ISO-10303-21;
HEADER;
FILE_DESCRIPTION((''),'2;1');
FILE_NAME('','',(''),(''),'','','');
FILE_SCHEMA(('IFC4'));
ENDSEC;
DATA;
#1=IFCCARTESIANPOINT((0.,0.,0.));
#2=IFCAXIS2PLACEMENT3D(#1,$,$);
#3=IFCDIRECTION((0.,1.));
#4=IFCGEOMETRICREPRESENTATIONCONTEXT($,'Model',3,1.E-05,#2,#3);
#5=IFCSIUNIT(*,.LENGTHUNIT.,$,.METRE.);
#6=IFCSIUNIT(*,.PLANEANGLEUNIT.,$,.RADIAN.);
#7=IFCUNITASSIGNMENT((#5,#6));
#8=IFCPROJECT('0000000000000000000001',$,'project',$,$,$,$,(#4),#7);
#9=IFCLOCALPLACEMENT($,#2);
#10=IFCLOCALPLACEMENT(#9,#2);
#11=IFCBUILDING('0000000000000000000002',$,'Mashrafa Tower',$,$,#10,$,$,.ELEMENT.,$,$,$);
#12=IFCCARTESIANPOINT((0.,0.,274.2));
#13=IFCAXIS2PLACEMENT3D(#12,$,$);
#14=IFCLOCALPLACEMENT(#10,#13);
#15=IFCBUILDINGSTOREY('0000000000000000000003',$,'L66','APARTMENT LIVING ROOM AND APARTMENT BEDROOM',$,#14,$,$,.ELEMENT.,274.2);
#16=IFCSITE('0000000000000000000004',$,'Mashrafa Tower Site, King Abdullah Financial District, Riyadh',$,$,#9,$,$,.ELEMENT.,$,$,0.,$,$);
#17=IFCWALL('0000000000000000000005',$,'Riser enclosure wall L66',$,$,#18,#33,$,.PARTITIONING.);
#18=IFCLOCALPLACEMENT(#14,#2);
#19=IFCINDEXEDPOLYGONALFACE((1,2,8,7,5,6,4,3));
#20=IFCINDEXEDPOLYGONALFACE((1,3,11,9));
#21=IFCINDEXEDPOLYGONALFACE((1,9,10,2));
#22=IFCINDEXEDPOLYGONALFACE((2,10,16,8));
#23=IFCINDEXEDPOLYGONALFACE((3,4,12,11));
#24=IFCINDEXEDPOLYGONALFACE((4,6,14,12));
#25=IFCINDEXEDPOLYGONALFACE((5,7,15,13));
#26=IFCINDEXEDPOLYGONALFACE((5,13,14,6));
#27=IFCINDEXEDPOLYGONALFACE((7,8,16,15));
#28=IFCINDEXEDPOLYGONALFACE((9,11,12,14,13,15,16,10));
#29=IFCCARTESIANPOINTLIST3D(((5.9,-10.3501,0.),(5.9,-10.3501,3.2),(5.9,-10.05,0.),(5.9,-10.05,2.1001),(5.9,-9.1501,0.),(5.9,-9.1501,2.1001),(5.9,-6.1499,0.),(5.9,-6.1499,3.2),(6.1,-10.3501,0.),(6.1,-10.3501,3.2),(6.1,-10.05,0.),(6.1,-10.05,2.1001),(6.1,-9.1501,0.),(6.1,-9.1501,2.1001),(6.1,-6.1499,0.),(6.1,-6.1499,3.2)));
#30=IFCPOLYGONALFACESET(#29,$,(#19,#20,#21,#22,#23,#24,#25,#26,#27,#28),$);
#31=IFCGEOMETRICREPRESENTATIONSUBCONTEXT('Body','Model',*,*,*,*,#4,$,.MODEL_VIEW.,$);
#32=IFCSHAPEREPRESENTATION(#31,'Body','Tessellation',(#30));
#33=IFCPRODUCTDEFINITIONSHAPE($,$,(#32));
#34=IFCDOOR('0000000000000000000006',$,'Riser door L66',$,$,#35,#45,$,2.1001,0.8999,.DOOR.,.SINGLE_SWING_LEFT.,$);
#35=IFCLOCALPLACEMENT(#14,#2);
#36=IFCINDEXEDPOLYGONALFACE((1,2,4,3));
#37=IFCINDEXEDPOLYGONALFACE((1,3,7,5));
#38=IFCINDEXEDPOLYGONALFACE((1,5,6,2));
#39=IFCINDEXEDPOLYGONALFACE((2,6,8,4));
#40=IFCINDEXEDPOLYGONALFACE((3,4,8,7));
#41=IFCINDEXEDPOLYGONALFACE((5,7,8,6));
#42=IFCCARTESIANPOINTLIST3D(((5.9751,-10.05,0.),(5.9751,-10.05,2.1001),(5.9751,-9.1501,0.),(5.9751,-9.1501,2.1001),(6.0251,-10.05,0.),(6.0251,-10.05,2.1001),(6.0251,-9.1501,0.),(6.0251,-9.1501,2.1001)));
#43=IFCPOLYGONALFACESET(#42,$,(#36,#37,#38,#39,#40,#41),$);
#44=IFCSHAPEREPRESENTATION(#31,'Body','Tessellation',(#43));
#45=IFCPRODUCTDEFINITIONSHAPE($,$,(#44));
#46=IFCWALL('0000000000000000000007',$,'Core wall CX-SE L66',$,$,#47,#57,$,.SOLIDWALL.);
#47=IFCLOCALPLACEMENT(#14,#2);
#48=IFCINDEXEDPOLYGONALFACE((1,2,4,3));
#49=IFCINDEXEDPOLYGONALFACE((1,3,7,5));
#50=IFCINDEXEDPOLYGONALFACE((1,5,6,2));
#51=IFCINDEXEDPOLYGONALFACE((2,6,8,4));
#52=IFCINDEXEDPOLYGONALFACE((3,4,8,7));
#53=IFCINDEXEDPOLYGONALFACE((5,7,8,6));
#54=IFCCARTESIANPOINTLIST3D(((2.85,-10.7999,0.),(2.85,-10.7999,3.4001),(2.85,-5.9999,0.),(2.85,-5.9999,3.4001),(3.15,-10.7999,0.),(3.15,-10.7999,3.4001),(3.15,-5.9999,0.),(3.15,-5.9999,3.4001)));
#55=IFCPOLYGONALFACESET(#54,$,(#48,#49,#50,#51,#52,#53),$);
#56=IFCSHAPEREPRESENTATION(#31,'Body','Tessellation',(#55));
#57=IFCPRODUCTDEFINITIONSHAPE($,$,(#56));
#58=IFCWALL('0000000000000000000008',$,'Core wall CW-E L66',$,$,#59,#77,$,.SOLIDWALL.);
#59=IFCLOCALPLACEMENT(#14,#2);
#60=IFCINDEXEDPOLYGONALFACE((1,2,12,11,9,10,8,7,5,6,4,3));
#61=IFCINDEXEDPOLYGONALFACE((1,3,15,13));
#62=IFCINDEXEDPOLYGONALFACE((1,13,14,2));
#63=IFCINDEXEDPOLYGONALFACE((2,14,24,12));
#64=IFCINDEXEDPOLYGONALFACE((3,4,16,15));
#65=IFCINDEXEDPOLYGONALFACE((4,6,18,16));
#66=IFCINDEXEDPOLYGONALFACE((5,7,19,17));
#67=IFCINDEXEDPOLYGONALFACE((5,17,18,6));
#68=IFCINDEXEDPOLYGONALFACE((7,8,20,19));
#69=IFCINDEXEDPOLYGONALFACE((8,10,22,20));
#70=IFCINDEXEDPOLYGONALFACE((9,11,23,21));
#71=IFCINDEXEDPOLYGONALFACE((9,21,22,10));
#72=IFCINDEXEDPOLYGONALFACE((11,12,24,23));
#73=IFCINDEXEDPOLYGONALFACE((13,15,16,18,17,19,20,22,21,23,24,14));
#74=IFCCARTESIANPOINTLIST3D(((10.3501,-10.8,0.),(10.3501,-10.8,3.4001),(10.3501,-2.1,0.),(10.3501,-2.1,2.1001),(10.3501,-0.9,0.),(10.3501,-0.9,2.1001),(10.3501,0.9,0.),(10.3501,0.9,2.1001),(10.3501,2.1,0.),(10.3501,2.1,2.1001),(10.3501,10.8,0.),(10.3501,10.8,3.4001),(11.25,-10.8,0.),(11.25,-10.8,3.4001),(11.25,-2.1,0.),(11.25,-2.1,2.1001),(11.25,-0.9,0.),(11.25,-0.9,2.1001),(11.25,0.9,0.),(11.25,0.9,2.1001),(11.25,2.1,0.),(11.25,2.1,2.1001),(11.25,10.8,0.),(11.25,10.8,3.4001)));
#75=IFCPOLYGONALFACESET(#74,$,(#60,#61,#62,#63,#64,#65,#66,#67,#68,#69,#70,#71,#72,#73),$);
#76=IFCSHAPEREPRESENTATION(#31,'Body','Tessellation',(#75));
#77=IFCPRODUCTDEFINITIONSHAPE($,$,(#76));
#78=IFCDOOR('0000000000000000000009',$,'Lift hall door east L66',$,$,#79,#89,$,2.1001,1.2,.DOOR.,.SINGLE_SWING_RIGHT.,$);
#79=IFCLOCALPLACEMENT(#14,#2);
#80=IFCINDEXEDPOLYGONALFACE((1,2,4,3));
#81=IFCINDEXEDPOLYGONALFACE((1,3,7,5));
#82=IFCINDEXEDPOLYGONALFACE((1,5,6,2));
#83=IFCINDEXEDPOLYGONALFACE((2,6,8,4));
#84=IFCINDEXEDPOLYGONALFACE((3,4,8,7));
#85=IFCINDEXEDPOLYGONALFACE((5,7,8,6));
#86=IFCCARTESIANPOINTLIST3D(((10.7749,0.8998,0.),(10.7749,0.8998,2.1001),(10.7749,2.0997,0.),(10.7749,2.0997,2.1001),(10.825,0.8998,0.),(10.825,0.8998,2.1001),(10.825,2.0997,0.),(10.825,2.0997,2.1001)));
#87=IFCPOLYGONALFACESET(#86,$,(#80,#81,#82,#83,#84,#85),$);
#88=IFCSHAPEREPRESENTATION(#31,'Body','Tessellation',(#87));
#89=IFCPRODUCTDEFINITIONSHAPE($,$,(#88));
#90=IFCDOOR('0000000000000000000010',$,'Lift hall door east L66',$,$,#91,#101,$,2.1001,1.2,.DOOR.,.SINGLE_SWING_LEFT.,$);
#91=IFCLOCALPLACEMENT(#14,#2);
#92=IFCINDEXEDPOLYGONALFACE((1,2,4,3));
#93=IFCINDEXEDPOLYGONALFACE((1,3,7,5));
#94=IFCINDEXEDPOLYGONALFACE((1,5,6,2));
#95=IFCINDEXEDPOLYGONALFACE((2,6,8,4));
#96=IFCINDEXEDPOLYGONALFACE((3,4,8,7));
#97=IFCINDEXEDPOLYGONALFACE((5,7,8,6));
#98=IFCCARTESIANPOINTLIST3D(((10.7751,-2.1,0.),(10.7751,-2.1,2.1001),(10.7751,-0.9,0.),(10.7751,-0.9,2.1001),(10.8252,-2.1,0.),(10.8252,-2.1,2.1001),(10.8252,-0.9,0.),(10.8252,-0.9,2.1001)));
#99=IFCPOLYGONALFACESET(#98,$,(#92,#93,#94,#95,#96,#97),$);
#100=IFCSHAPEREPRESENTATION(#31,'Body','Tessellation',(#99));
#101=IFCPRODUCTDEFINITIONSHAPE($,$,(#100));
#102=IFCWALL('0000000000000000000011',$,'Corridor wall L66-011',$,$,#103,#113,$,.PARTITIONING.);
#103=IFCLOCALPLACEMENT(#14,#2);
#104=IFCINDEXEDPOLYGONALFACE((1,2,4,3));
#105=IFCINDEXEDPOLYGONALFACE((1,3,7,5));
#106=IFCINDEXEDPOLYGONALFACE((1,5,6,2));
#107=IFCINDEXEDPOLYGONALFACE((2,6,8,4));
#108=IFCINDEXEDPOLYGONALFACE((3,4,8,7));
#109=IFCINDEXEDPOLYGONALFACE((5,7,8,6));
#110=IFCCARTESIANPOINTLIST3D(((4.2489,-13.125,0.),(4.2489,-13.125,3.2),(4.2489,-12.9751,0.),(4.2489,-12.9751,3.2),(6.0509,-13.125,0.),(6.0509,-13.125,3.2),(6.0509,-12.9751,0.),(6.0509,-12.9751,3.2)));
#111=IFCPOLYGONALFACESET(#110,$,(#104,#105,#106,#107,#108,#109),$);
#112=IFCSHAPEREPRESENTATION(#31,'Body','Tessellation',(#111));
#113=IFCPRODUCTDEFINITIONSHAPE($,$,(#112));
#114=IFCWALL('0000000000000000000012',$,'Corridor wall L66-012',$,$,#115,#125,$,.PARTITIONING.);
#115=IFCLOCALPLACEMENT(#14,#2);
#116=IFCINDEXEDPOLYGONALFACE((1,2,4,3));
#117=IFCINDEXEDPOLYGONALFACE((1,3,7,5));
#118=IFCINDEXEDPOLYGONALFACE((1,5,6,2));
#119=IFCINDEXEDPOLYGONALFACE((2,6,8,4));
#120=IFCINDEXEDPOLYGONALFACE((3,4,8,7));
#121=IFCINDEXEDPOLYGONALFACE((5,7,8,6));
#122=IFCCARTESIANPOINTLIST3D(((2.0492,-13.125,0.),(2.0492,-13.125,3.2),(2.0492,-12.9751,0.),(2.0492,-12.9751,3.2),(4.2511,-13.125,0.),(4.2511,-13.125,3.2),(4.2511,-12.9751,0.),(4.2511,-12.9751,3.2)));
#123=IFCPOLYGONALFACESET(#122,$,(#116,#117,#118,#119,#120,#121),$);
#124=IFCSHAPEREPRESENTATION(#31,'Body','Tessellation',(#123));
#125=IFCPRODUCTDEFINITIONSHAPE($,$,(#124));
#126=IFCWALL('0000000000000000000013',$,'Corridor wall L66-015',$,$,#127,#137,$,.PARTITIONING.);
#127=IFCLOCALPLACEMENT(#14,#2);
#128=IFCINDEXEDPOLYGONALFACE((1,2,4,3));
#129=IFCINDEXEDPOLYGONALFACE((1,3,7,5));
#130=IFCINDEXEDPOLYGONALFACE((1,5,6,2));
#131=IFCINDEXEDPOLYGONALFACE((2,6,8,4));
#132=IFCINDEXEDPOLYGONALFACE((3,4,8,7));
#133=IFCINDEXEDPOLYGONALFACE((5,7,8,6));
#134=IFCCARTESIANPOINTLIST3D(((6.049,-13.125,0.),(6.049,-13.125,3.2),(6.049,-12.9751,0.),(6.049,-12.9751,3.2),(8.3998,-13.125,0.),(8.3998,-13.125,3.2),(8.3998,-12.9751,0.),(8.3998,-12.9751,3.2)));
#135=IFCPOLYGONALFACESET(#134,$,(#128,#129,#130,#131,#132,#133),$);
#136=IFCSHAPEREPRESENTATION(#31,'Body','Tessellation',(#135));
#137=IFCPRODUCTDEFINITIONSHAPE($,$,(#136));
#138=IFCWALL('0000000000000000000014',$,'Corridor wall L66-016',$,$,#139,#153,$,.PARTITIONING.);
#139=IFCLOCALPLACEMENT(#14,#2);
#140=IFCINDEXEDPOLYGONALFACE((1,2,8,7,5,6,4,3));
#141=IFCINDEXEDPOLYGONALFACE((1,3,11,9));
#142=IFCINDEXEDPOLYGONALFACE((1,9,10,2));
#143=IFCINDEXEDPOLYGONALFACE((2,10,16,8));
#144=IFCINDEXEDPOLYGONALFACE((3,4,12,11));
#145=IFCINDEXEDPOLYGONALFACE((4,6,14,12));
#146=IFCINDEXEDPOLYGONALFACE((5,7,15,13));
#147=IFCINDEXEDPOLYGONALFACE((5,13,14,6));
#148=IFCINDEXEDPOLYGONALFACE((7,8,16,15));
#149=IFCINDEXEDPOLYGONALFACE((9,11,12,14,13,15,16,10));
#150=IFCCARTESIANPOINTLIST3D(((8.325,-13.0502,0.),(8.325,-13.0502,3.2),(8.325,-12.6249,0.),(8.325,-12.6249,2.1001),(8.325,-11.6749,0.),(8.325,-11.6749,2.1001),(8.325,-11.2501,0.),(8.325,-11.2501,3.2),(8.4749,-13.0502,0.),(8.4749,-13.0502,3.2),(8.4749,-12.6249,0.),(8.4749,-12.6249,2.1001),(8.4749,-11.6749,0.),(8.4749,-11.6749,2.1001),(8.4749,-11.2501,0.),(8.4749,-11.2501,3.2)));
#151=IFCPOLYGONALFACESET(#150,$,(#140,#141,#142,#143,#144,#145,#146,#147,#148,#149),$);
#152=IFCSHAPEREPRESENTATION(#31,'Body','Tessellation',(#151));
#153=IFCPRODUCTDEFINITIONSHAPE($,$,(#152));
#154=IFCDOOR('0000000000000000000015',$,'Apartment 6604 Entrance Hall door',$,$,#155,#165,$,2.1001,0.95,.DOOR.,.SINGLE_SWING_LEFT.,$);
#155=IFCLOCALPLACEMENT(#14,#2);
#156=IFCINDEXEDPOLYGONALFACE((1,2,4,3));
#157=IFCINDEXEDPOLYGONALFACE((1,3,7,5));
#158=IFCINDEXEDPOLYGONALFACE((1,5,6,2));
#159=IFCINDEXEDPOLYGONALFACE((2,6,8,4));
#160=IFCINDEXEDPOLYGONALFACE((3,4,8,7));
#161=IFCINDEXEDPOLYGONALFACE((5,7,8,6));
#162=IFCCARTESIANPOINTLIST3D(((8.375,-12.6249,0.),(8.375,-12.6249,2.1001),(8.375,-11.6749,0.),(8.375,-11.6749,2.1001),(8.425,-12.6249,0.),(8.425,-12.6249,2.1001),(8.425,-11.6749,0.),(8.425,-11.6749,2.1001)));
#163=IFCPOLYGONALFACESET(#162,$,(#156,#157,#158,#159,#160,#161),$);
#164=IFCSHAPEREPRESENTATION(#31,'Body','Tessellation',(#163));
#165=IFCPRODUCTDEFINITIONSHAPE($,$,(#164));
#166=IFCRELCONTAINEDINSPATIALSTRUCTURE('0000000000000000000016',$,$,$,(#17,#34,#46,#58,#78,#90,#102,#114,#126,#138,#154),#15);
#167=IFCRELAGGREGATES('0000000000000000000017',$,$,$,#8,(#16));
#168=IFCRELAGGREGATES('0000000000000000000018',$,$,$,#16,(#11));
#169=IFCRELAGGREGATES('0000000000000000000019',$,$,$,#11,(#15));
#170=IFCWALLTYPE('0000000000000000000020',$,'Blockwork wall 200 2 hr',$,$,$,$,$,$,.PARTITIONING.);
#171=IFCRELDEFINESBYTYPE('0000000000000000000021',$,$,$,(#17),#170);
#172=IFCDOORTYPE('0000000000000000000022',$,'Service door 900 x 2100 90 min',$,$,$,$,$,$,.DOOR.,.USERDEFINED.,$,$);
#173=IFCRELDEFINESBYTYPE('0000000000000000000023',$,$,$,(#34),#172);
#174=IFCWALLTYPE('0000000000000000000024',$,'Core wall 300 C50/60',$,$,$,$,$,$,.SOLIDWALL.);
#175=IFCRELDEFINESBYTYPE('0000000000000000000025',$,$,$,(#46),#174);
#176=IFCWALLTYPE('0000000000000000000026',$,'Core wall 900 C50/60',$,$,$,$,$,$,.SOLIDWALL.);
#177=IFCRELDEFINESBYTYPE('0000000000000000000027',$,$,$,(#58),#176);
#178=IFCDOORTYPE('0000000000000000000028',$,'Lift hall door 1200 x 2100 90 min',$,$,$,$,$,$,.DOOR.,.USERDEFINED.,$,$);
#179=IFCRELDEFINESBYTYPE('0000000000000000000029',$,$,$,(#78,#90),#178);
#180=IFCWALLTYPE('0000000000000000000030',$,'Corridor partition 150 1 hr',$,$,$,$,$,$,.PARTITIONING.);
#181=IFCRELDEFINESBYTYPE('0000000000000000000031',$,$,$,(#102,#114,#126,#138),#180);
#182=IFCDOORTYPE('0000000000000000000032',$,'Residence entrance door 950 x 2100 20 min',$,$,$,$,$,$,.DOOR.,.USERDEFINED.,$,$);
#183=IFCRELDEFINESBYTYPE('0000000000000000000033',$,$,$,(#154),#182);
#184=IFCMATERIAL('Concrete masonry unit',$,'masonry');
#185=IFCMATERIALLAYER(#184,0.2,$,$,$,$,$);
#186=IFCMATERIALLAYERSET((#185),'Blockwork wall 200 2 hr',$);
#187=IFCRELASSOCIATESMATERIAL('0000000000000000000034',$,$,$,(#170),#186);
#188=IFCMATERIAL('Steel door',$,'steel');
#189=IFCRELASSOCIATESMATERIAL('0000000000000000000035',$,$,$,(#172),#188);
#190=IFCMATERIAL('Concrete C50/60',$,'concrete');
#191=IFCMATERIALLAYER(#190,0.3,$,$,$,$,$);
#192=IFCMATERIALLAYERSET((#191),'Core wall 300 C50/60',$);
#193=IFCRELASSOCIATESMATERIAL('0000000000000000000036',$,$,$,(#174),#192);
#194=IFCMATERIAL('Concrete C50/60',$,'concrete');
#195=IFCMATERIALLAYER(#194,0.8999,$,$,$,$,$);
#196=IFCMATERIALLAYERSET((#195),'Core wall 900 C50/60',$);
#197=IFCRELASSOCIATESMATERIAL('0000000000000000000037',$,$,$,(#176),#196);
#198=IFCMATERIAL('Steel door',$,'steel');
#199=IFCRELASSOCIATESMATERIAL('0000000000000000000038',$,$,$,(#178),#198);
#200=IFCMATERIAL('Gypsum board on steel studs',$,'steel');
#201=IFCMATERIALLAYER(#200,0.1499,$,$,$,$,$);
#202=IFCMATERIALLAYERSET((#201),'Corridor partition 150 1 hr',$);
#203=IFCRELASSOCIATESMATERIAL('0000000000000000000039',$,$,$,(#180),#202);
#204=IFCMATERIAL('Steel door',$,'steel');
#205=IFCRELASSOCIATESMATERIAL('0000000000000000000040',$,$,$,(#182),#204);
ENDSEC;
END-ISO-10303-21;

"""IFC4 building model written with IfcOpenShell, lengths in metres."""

from ifc_helpers import new_model, si_unit, direction, frame, frame_2d, origin, place, context, subcontext, project, spatial, rectangle, extrude, material, layer, layer_set, type_object, element, fill, save


model = new_model("IFC4")

# Units and contexts
model_context = context("Model", 3, precision=1e-05, world=origin(), true_north=direction((0.0, 1.0)))
body_context = subcontext(model_context, "Body", "Model", "MODEL_VIEW")
ifc_project = project(units=[si_unit("LENGTHUNIT", "METRE"), si_unit("PLANEANGLEUNIT", "RADIAN")], contexts=[model_context])

# Site, building, storey
site_placement = place(None, origin())
site = spatial("IfcSite", under=ifc_project, at=site_placement, Name="Mashrafa Tower Site, King Abdullah Financial District, Riyadh", CompositionType="ELEMENT", RefElevation=0.0)
building_placement = place(site_placement, origin())
building = spatial("IfcBuilding", under=site, at=building_placement, Name="Mashrafa Tower", CompositionType="ELEMENT")
storey_placement = place(building_placement, frame((0.0, 0.0, 274.2)))
storey = spatial("IfcBuildingStorey", under=building, at=storey_placement, Name="L66", Description="APARTMENT LIVING ROOM AND APARTMENT BEDROOM", CompositionType="ELEMENT", Elevation=274.2)

# Wall, opening, door
ifc_material_1 = material(Name="Concrete masonry unit", Category="masonry")
ifc_layer_1 = layer(ifc_material_1, 0.2)
ifc_layer_set_1 = layer_set([ifc_layer_1], Name="Blockwork wall 200 2 hr")
wall_type_1 = type_object("IfcWallType", Name="Blockwork wall 200 2 hr", PredefinedType="PARTITIONING", material=ifc_layer_set_1)
wall_1_placement = place(storey_placement, frame((6.0, -10.3501, 0.0), z_axis=(0.0, 0.0, 1.0), x_axis=(0.0, 1.0, 0.0)))
wall_1 = element("IfcWall", 1, at=wall_1_placement, inside=storey, type_object=wall_type_1, Name="Riser enclosure wall L66", PredefinedType="PARTITIONING", context=body_context, shape_type="SweptSolid", body=[
    extrude(rectangle(XDim=4.2002, YDim=0.2, at=frame_2d((2.1001, 0.0))), origin(), (0.0, 0.0, 1.0), 3.2),
])
opening_1_placement = place(wall_1_placement, frame((0.3, 0.0, 0.0)))
opening_1 = element("IfcOpeningElement", 2, at=opening_1_placement, cuts=wall_1, PredefinedType="OPENING", context=body_context, shape_type="SweptSolid", body=[
    extrude(rectangle(XDim=0.8999, YDim=2.1001, at=frame_2d((0.45, 1.05))), frame((0.0, 0.1099, 0.0), z_axis=(0.0, -1.0, 0.0), x_axis=(1.0, 0.0, 0.0)), (0.0, 0.0, 1.0), 0.22),
])
ifc_material_2 = material(Name="Steel door", Category="steel")
door_type_1 = type_object("IfcDoorType", Name="Service door 900 x 2100 90 min", OperationType="USERDEFINED", PredefinedType="DOOR", material=ifc_material_2)
door_1_placement = place(opening_1_placement, origin())
door_1 = element("IfcDoor", 3, at=door_1_placement, inside=storey, type_object=door_type_1, Name="Riser door L66", OperationType="SINGLE_SWING_LEFT", OverallHeight=2.1001, OverallWidth=0.8999, PredefinedType="DOOR", context=body_context, shape_type="SweptSolid", body=[
    extrude(rectangle(XDim=0.8999, YDim=2.1001, at=frame_2d((0.45, 1.05))), frame((0.0, 0.0249, 0.0), z_axis=(0.0, -1.0, 0.0), x_axis=(1.0, 0.0, 0.0)), (0.0, 0.0, 1.0), 0.05),
])
fill(opening_1, door_1)

# Wall
ifc_material_3 = material(Name="Concrete C50/60", Category="concrete")
ifc_layer_2 = layer(ifc_material_3, 0.3)
ifc_layer_set_2 = layer_set([ifc_layer_2], Name="Core wall 300 C50/60")
wall_type_2 = type_object("IfcWallType", Name="Core wall 300 C50/60", PredefinedType="SOLIDWALL", material=ifc_layer_set_2)
wall_2_placement = place(storey_placement, frame((3.0, -6.0, 0.0), z_axis=(0.0, 0.0, 1.0), x_axis=(0.0, -1.0, 0.0)))
element("IfcWall", 4, at=wall_2_placement, inside=storey, type_object=wall_type_2, Name="Core wall CX-SE L66", PredefinedType="SOLIDWALL", context=body_context, shape_type="SweptSolid", body=[
    extrude(rectangle(XDim=4.8, YDim=0.3, at=frame_2d((2.3999, 0.0))), origin(), (0.0, 0.0, 1.0), 3.4001),
])

# Wall, openings, doors
ifc_material_4 = material(Name="Concrete C50/60", Category="concrete")
ifc_layer_3 = layer(ifc_material_4, 0.8999)
ifc_layer_set_3 = layer_set([ifc_layer_3], Name="Core wall 900 C50/60")
wall_type_3 = type_object("IfcWallType", Name="Core wall 900 C50/60", PredefinedType="SOLIDWALL", material=ifc_layer_set_3)
wall_3_placement = place(storey_placement, frame((10.8, -10.8, 0.0), z_axis=(0.0, 0.0, 1.0), x_axis=(0.0, 1.0, 0.0)))
wall_3 = element("IfcWall", 5, at=wall_3_placement, inside=storey, type_object=wall_type_3, Name="Core wall CW-E L66", PredefinedType="SOLIDWALL", context=body_context, shape_type="SweptSolid", body=[
    extrude(rectangle(XDim=21.6001, YDim=0.8999, at=frame_2d((10.8, 0.0))), origin(), (0.0, 0.0, 1.0), 3.4001),
])
opening_2_placement = place(wall_3_placement, frame((11.7, 0.0, 0.0)))
opening_2 = element("IfcOpeningElement", 6, at=opening_2_placement, cuts=wall_3, PredefinedType="OPENING", context=body_context, shape_type="SweptSolid", body=[
    extrude(rectangle(XDim=1.2, YDim=2.1001, at=frame_2d((0.6001, 1.05))), frame((0.0, 0.46, 0.0), z_axis=(0.0, -1.0, 0.0), x_axis=(1.0, 0.0, 0.0)), (0.0, 0.0, 1.0), 0.9199),
])
opening_3_placement = place(wall_3_placement, frame((8.7, 0.0, 0.0)))
opening_3 = element("IfcOpeningElement", 7, at=opening_3_placement, cuts=wall_3, PredefinedType="OPENING", context=body_context, shape_type="SweptSolid", body=[
    extrude(rectangle(XDim=1.2, YDim=2.1001, at=frame_2d((0.6001, 1.05))), frame((0.0, 0.46, 0.0), z_axis=(0.0, -1.0, 0.0), x_axis=(1.0, 0.0, 0.0)), (0.0, 0.0, 1.0), 0.9199),
])
ifc_material_5 = material(Name="Steel door", Category="steel")
door_type_2 = type_object("IfcDoorType", Name="Lift hall door 1200 x 2100 90 min", OperationType="USERDEFINED", PredefinedType="DOOR", material=ifc_material_5)
door_2_placement = place(opening_2_placement, frame((1.2, 0.0, 0.0), z_axis=(0.0, 0.0, 1.0), x_axis=(-1.0, 0.0, 0.0)))
door_2 = element("IfcDoor", 8, at=door_2_placement, inside=storey, type_object=door_type_2, Name="Lift hall door east L66", OperationType="SINGLE_SWING_RIGHT", OverallHeight=2.1001, OverallWidth=1.2, PredefinedType="DOOR", context=body_context, shape_type="SweptSolid", body=[
    extrude(rectangle(XDim=1.2, YDim=2.1001, at=frame_2d((0.6001, 1.05))), frame((0.0, 0.0249, 0.0), z_axis=(0.0, -1.0, 0.0), x_axis=(1.0, 0.0, 0.0)), (0.0, 0.0, 1.0), 0.05),
])
fill(opening_2, door_2)
door_3_placement = place(opening_3_placement, origin())
door_3 = element("IfcDoor", 9, at=door_3_placement, inside=storey, type_object=door_type_2, Name="Lift hall door east L66", OperationType="SINGLE_SWING_LEFT", OverallHeight=2.1001, OverallWidth=1.2, PredefinedType="DOOR", context=body_context, shape_type="SweptSolid", body=[
    extrude(rectangle(XDim=1.2, YDim=2.1001, at=frame_2d((0.6001, 1.05))), frame((0.0, 0.0249, 0.0), z_axis=(0.0, -1.0, 0.0), x_axis=(1.0, 0.0, 0.0)), (0.0, 0.0, 1.0), 0.05),
])
fill(opening_3, door_3)

# Walls
ifc_material_6 = material(Name="Gypsum board on steel studs", Category="steel")
ifc_layer_4 = layer(ifc_material_6, 0.1499)
ifc_layer_set_4 = layer_set([ifc_layer_4], Name="Corridor partition 150 1 hr")
wall_type_4 = type_object("IfcWallType", Name="Corridor partition 150 1 hr", PredefinedType="PARTITIONING", material=ifc_layer_set_4)
wall_4_placement = place(storey_placement, frame((4.249, -13.05, 0.0), z_axis=(0.0, 0.0, 1.0), x_axis=(1.0, 0.0, 0.0)))
element("IfcWall", 10, at=wall_4_placement, inside=storey, type_object=wall_type_4, Name="Corridor wall L66-011", PredefinedType="PARTITIONING", context=body_context, shape_type="SweptSolid", body=[
    extrude(rectangle(XDim=1.802, YDim=0.1499, at=frame_2d((0.9009, 0.0))), origin(), (0.0, 0.0, 1.0), 3.2),
])
wall_5_placement = place(storey_placement, frame((2.0491, -13.05, 0.0), z_axis=(0.0, 0.0, 1.0), x_axis=(1.0, 0.0, 0.0)))
element("IfcWall", 11, at=wall_5_placement, inside=storey, type_object=wall_type_4, Name="Corridor wall L66-012", PredefinedType="PARTITIONING", context=body_context, shape_type="SweptSolid", body=[
    extrude(rectangle(XDim=2.2019, YDim=0.1499, at=frame_2d((1.1011, 0.0))), origin(), (0.0, 0.0, 1.0), 3.2),
])
wall_6_placement = place(storey_placement, frame((6.0491, -13.05, 0.0), z_axis=(0.0, 0.0, 1.0), x_axis=(1.0, 0.0, 0.0)))
element("IfcWall", 12, at=wall_6_placement, inside=storey, type_object=wall_type_4, Name="Corridor wall L66-015", PredefinedType="PARTITIONING", context=body_context, shape_type="SweptSolid", body=[
    extrude(rectangle(XDim=2.3508, YDim=0.1499, at=frame_2d((1.1753, 0.0))), origin(), (0.0, 0.0, 1.0), 3.2),
])

# Wall, opening, door
wall_7_placement = place(storey_placement, frame((8.3999, -13.05, 0.0), z_axis=(0.0, 0.0, 1.0), x_axis=(0.0, 1.0, 0.0)))
wall_7 = element("IfcWall", 13, at=wall_7_placement, inside=storey, type_object=wall_type_4, Name="Corridor wall L66-016", PredefinedType="PARTITIONING", context=body_context, shape_type="SweptSolid", body=[
    extrude(rectangle(XDim=1.8, YDim=0.1499, at=frame_2d((0.8999, 0.0))), origin(), (0.0, 0.0, 1.0), 3.2),
])
opening_4_placement = place(wall_7_placement, frame((0.425, 0.0, 0.0)))
opening_4 = element("IfcOpeningElement", 14, at=opening_4_placement, cuts=wall_7, PredefinedType="OPENING", context=body_context, shape_type="SweptSolid", body=[
    extrude(rectangle(XDim=0.95, YDim=2.1001, at=frame_2d((0.4751, 1.05))), frame((0.0, 0.085, 0.0), z_axis=(0.0, -1.0, 0.0), x_axis=(1.0, 0.0, 0.0)), (0.0, 0.0, 1.0), 0.1699),
])
ifc_material_7 = material(Name="Steel door", Category="steel")
door_type_3 = type_object("IfcDoorType", Name="Residence entrance door 950 x 2100 20 min", OperationType="USERDEFINED", PredefinedType="DOOR", material=ifc_material_7)
door_4_placement = place(opening_4_placement, origin())
door_4 = element("IfcDoor", 15, at=door_4_placement, inside=storey, type_object=door_type_3, Name="Apartment 6604 Entrance Hall door", OperationType="SINGLE_SWING_LEFT", OverallHeight=2.1001, OverallWidth=0.95, PredefinedType="DOOR", context=body_context, shape_type="SweptSolid", body=[
    extrude(rectangle(XDim=0.95, YDim=2.1001, at=frame_2d((0.4751, 1.05))), frame((0.0, 0.0249, 0.0), z_axis=(0.0, -1.0, 0.0), x_axis=(1.0, 0.0, 0.0)), (0.0, 0.0, 1.0), 0.05),
])
fill(opening_4, door_4)

save(model, "model.ifc")
